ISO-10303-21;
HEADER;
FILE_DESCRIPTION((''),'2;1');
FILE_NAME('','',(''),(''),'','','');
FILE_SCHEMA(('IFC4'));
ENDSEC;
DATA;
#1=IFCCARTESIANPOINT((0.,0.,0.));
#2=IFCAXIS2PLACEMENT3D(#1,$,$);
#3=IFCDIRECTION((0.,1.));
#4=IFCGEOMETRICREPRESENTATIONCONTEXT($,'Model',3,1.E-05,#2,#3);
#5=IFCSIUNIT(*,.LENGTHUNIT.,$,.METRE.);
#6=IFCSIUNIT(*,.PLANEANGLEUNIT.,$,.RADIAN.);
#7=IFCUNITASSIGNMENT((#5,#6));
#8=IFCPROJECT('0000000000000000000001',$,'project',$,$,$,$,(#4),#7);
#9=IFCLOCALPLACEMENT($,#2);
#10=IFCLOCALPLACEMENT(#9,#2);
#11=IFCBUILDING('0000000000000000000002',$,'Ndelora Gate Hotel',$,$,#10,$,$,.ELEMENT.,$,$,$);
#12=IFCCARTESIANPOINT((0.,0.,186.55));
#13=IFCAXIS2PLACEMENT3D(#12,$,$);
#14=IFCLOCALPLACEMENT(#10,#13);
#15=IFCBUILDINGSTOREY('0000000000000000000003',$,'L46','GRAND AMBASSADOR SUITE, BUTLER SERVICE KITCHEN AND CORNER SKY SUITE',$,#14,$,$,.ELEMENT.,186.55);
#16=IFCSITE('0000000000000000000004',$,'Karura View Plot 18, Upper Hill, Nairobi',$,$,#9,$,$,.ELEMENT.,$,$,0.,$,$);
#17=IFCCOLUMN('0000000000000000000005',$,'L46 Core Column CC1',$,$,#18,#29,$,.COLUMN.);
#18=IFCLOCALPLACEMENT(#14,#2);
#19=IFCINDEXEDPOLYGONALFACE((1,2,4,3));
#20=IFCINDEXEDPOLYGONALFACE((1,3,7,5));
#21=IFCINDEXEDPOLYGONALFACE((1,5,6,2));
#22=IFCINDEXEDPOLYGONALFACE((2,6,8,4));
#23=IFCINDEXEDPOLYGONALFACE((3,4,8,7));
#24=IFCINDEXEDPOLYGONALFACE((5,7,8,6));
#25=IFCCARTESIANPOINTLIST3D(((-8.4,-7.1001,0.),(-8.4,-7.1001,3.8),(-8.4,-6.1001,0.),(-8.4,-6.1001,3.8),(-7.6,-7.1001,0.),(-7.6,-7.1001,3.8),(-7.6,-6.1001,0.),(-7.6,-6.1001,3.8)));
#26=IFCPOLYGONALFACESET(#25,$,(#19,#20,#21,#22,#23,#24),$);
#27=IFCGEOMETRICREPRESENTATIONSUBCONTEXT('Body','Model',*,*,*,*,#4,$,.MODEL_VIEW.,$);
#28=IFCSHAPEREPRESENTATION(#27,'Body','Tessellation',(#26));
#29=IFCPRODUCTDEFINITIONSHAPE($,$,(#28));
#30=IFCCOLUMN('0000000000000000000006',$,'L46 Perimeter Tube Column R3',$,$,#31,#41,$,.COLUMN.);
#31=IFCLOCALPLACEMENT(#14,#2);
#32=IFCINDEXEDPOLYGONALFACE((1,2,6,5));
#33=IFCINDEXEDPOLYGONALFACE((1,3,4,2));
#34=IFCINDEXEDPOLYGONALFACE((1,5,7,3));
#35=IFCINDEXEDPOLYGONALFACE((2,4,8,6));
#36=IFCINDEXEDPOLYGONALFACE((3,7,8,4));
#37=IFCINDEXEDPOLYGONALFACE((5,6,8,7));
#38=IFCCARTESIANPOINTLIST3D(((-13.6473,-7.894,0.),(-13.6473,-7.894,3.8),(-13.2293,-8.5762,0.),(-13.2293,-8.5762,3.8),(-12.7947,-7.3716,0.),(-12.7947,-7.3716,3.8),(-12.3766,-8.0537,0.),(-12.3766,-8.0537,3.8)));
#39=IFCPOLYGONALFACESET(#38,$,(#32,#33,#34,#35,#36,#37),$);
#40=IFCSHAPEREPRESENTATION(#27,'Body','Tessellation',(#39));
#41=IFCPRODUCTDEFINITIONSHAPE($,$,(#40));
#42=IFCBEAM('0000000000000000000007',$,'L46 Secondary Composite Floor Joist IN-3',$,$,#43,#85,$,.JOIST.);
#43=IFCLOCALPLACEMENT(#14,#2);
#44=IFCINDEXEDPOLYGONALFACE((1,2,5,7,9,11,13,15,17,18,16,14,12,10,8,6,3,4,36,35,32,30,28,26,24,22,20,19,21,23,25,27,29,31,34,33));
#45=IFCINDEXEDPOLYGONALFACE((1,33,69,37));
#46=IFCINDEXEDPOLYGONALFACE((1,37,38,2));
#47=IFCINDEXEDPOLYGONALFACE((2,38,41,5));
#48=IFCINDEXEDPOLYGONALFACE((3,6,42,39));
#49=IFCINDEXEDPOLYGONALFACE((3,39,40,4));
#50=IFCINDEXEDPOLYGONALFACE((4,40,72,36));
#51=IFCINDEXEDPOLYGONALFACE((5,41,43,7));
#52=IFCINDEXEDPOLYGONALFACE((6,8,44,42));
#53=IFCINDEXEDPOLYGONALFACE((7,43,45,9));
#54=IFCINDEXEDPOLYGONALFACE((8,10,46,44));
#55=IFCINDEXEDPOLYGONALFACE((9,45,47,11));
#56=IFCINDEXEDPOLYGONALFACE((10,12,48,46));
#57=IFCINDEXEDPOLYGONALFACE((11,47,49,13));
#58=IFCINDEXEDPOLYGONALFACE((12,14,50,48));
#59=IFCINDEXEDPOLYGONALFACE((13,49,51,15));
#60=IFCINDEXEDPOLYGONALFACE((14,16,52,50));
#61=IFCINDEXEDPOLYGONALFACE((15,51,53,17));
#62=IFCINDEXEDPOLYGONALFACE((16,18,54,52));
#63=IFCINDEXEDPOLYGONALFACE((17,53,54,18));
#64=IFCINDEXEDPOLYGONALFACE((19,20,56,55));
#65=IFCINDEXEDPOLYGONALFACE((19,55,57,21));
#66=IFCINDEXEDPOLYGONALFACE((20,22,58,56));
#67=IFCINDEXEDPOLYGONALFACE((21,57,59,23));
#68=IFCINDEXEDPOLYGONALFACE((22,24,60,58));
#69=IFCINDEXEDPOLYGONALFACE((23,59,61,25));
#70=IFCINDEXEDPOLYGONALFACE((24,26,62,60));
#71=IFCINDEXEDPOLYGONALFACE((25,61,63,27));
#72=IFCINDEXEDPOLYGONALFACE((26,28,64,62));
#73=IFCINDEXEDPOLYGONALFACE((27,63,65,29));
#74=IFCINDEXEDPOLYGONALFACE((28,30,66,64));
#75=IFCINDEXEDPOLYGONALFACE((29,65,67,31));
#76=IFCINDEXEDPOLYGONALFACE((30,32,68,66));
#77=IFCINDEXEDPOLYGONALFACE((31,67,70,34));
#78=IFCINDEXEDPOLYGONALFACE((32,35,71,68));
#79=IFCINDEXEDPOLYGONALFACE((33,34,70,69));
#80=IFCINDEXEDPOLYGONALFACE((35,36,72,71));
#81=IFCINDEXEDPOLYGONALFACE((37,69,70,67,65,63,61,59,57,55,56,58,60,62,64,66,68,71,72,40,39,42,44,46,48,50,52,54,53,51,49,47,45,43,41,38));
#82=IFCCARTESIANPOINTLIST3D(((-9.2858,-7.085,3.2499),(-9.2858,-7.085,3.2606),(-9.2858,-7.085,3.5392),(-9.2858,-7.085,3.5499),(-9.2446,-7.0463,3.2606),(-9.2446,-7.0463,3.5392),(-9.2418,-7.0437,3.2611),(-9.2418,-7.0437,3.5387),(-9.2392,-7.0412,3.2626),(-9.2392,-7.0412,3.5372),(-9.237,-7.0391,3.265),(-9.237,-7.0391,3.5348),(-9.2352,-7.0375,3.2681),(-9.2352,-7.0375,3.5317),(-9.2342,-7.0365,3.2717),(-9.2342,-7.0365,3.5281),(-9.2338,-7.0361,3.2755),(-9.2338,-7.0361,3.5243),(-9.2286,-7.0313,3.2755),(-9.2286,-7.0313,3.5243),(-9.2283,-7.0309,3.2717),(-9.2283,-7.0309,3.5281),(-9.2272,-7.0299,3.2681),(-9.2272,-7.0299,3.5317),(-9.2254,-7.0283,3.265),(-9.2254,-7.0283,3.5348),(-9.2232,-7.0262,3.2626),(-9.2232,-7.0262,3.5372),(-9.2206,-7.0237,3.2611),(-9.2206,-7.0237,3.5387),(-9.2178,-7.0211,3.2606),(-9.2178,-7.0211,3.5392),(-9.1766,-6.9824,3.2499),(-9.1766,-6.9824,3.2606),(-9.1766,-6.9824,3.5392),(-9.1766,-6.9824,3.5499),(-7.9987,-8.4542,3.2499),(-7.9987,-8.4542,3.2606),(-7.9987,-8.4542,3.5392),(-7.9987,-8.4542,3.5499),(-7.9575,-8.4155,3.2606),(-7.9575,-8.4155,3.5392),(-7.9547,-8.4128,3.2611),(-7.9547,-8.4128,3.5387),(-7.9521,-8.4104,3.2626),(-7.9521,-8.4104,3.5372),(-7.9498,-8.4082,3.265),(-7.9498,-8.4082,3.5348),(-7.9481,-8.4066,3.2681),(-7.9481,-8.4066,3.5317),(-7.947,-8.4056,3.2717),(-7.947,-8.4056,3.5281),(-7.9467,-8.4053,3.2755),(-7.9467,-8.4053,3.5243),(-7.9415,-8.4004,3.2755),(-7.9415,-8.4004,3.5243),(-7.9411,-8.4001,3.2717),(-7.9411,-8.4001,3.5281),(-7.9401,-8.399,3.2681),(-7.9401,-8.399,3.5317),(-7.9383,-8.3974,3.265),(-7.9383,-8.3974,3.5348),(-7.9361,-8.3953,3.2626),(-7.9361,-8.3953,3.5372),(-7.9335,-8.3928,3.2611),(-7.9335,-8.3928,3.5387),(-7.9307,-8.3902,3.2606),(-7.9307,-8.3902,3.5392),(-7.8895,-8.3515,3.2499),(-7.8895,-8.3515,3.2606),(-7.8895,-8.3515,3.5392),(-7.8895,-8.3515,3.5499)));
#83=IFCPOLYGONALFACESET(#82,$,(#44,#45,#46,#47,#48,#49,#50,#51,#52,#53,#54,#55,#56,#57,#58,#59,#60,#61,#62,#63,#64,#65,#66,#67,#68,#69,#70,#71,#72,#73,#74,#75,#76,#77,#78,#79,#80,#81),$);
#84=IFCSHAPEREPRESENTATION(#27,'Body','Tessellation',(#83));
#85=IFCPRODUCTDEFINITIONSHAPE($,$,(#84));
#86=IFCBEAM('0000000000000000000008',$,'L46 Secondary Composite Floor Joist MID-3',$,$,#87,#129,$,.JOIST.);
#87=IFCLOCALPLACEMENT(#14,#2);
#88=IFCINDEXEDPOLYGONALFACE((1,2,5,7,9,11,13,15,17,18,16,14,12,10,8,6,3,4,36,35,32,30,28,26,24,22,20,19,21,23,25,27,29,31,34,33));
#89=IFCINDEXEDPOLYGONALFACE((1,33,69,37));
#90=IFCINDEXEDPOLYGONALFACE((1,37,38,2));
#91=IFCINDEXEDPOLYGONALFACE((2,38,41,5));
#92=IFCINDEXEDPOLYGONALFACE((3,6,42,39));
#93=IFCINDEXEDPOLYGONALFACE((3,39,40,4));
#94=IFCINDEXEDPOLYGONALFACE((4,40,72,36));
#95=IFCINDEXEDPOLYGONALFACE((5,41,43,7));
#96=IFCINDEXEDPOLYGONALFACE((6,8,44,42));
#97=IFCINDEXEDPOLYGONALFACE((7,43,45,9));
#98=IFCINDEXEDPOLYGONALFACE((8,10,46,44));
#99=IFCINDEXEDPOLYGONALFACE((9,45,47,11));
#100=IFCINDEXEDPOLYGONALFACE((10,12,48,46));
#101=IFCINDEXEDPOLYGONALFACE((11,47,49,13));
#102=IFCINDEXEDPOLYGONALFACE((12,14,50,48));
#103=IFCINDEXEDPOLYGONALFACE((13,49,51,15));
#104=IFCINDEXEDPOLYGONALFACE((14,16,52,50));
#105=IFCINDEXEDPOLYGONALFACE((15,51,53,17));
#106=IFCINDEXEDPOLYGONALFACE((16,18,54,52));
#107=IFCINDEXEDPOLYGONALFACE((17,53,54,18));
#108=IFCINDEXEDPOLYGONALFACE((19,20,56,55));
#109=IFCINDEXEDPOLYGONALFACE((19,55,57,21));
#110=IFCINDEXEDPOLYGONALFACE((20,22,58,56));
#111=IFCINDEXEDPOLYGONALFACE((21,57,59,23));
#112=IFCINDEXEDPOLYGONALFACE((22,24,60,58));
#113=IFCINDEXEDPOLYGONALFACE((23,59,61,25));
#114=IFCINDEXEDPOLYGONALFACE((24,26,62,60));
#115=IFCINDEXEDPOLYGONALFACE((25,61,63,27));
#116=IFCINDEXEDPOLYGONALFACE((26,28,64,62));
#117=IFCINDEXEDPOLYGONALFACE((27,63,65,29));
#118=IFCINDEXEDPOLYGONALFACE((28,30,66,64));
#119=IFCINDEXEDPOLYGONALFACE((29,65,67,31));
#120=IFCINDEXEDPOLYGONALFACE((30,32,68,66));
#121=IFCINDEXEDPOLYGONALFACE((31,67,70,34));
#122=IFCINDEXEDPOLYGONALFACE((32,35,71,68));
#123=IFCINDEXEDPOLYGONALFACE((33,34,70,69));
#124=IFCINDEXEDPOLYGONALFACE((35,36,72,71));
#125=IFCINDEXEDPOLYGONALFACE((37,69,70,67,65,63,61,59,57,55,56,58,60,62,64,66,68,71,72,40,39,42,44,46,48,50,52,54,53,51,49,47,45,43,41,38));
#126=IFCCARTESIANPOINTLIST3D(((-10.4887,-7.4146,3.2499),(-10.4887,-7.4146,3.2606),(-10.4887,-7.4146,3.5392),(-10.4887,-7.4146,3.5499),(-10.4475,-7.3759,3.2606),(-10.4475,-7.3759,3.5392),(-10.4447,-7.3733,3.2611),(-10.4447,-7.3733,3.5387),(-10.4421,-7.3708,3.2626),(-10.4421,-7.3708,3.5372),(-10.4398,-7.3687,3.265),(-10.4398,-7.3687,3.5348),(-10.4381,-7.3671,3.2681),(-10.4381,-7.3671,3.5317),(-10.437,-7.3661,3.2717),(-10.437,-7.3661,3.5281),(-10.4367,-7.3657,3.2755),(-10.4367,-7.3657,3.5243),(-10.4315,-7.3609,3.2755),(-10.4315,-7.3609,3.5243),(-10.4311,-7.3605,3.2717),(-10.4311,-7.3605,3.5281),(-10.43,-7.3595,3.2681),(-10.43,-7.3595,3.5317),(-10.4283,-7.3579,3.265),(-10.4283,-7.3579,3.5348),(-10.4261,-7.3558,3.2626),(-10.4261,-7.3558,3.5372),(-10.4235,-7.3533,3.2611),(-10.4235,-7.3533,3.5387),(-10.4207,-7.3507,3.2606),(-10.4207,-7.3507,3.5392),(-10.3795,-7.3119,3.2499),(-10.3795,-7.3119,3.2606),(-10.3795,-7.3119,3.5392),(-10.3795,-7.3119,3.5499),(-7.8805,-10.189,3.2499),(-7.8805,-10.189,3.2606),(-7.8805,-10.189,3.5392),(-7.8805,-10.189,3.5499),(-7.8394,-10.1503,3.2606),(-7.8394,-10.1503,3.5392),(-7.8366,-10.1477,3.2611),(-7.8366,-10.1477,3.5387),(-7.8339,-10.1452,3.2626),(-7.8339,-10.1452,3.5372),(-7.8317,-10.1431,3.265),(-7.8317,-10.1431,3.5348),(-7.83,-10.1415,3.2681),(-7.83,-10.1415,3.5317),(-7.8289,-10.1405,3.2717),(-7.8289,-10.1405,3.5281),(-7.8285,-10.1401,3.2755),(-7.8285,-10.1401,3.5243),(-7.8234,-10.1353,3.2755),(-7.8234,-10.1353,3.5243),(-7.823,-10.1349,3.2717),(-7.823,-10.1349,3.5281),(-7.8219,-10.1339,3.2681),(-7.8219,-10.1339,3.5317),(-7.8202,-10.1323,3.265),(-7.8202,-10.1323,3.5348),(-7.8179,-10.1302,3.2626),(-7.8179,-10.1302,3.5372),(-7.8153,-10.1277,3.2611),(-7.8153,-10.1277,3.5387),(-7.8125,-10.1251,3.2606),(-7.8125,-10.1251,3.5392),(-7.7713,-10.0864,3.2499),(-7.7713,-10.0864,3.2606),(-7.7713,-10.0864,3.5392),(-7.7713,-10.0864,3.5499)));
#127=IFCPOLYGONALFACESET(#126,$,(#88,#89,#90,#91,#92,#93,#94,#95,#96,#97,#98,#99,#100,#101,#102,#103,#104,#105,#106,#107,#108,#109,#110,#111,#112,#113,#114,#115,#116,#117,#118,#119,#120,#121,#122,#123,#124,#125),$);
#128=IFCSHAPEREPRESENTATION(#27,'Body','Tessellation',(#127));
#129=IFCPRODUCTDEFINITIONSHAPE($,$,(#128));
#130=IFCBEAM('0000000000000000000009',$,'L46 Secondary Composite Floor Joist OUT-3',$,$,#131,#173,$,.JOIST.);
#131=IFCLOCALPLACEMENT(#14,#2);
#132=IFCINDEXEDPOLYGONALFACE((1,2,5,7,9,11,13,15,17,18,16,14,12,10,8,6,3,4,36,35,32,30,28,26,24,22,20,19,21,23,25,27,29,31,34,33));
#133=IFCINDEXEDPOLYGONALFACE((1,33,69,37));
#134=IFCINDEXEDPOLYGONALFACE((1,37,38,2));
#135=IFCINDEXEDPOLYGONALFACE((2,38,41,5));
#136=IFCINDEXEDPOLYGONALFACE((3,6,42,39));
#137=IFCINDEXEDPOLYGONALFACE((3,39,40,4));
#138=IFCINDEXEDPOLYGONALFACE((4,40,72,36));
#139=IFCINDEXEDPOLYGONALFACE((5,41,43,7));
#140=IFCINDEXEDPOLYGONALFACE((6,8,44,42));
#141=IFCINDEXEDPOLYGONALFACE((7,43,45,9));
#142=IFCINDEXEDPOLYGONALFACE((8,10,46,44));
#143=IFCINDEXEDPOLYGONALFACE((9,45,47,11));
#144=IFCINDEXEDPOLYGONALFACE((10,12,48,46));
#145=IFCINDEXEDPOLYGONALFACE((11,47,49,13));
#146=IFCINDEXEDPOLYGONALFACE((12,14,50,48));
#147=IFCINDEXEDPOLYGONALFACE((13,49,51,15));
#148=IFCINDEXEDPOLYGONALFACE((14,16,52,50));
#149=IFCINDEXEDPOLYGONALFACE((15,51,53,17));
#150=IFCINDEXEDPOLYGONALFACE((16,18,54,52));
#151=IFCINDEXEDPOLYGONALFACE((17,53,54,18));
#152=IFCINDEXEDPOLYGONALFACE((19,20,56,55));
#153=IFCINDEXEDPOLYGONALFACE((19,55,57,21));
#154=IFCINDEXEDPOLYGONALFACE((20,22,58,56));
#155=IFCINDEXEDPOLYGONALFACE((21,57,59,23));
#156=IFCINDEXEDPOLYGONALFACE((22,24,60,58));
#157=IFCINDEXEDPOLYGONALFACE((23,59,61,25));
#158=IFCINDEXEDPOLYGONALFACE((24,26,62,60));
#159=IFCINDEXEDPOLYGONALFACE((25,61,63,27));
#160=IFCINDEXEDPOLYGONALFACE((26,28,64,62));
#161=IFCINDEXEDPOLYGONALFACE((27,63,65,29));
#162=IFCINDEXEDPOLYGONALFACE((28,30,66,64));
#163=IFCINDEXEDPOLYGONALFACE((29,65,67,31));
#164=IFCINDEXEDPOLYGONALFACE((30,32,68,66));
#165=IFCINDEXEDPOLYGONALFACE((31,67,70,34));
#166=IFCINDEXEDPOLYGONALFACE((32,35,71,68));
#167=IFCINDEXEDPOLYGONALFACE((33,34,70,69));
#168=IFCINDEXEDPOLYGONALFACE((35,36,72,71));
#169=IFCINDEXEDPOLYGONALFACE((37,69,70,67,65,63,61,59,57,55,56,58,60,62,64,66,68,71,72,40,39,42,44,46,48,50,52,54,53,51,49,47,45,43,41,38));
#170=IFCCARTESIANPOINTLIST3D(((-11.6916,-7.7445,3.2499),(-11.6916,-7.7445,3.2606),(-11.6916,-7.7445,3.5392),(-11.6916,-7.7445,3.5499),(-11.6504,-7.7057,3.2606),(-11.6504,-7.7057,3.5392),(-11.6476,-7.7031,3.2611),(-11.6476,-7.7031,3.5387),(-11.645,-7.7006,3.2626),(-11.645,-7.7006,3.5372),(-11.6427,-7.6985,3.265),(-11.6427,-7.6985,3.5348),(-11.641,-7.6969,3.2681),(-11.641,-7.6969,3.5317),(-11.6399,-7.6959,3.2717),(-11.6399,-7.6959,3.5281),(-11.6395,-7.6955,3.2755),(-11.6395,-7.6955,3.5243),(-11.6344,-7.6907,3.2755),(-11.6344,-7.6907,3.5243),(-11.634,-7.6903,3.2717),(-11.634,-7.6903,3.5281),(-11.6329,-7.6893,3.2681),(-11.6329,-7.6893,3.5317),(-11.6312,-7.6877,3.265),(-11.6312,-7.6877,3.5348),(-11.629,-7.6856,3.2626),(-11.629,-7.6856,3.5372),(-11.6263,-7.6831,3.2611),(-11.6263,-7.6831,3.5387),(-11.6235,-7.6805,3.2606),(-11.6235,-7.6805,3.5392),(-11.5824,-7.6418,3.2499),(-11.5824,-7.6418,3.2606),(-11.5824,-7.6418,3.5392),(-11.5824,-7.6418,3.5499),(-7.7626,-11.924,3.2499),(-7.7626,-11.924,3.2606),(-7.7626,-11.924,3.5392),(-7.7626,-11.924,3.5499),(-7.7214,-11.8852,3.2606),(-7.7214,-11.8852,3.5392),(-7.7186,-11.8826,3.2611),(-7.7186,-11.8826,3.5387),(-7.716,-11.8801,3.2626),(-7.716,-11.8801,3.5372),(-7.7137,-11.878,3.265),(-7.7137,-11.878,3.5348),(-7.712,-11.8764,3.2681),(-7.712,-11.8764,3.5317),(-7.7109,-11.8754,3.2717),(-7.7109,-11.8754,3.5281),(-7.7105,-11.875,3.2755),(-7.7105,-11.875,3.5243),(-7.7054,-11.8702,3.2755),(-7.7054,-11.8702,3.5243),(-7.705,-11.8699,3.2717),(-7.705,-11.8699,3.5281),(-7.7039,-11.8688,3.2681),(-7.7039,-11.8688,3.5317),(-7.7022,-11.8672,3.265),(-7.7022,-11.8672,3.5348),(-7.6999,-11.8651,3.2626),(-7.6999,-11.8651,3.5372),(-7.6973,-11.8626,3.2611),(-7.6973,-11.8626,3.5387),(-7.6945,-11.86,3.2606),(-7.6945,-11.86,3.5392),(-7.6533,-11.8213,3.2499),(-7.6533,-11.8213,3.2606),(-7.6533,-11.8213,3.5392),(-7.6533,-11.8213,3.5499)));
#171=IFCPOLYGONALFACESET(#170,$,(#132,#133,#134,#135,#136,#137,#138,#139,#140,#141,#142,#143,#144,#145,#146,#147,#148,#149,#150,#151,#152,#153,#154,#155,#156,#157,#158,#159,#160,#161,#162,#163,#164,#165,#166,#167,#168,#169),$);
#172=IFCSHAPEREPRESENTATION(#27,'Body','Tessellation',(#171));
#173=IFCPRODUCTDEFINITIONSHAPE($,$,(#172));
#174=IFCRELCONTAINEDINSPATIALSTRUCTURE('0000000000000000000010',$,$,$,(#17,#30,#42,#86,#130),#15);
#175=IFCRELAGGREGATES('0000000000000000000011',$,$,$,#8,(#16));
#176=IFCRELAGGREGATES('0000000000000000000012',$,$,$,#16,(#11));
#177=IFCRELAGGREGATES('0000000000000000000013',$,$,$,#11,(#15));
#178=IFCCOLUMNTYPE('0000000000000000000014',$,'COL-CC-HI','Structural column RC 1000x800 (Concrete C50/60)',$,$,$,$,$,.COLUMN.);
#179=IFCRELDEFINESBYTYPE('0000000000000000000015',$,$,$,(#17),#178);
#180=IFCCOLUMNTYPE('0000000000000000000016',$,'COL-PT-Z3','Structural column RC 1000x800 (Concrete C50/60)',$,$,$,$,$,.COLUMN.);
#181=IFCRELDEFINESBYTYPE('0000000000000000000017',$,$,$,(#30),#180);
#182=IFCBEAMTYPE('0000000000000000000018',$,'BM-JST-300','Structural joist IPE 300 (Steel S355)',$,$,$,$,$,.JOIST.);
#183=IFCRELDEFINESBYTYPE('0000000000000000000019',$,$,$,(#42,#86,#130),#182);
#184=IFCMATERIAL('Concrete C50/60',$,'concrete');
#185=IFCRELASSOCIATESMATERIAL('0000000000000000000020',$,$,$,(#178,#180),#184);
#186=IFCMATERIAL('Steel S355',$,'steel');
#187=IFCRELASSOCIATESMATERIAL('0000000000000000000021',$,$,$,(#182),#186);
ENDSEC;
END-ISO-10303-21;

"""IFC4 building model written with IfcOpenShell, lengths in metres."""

from ifc_helpers import new_model, si_unit, direction, frame, origin, origin_2d, place, context, subcontext, project, spatial, rectangle, i_section, extrude, material, material_profile, profile_set, type_object, element, save


model = new_model("IFC4")

# Units and contexts
model_context = context("Model", 3, precision=1e-05, world=origin(), true_north=direction((0.0, 1.0)))
body_context = subcontext(model_context, "Body", "Model", "MODEL_VIEW")
ifc_project = project(units=[si_unit("LENGTHUNIT", "METRE"), si_unit("PLANEANGLEUNIT", "RADIAN")], contexts=[model_context])

# Site, building, storey
site_placement = place(None, origin())
site = spatial("IfcSite", under=ifc_project, at=site_placement, Name="Karura View Plot 18, Upper Hill, Nairobi", CompositionType="ELEMENT", RefElevation=0.0)
building_placement = place(site_placement, origin())
building = spatial("IfcBuilding", under=site, at=building_placement, Name="Ndelora Gate Hotel", CompositionType="ELEMENT")
storey_placement = place(building_placement, frame((0.0, 0.0, 186.55)))
storey = spatial("IfcBuildingStorey", under=building, at=storey_placement, Name="L46", Description="GRAND AMBASSADOR SUITE, BUTLER SERVICE KITCHEN AND CORNER SKY SUITE", CompositionType="ELEMENT", Elevation=186.55)

# Columns
ifc_material_1 = material(Name="Concrete C50/60", Category="concrete")
ifc_material_profile_1 = material_profile(ifc_material_1, rectangle(XDim=0.8, YDim=1.0, at=origin_2d()), Name="RC 1000x800")
ifc_profile_set_1 = profile_set([ifc_material_profile_1], Name="Concrete C50/60")
column_type_1 = type_object("IfcColumnType", Name="COL-CC-HI", Description="Structural column RC 1000x800 (Concrete C50/60)", PredefinedType="COLUMN", material=ifc_profile_set_1)
column_1_placement = place(storey_placement, frame((-8.0, -6.6001, 0.0), z_axis=(0.0, 0.0, 1.0), x_axis=(1.0, 0.0, 0.0)))
element("IfcColumn", 1, at=column_1_placement, inside=storey, type_object=column_type_1, Name="L46 Core Column CC1", PredefinedType="COLUMN", context=body_context, shape_type="SweptSolid", body=[
    extrude(rectangle(XDim=0.8, YDim=1.0, at=origin_2d()), origin(), (0.0, 0.0, 1.0), 3.8),
])
ifc_material_profile_2 = material_profile(ifc_material_1, rectangle(XDim=0.8, YDim=1.0, at=origin_2d()), Name="RC 1000x800")
ifc_profile_set_2 = profile_set([ifc_material_profile_2], Name="Concrete C50/60")
column_type_2 = type_object("IfcColumnType", Name="COL-PT-Z3", Description="Structural column RC 1000x800 (Concrete C50/60)", PredefinedType="COLUMN", material=ifc_profile_set_2)
column_2_placement = place(storey_placement, frame((-13.012, -7.9739, 0.0), z_axis=(0.0, 0.0, 1.0), x_axis=(-0.522499, 0.85264, 0.0)))
element("IfcColumn", 2, at=column_2_placement, inside=storey, type_object=column_type_2, Name="L46 Perimeter Tube Column R3", PredefinedType="COLUMN", context=body_context, shape_type="SweptSolid", body=[
    extrude(rectangle(XDim=0.8, YDim=1.0, at=origin_2d()), origin(), (0.0, 0.0, 1.0), 3.8),
])

# Beams
ifc_material_2 = material(Name="Steel S355", Category="steel")
ifc_material_profile_3 = material_profile(ifc_material_2, i_section(OverallWidth=0.1499, OverallDepth=0.3, WebThickness=0.0071, FlangeThickness=0.0107, FilletRadius=0.0149, at=origin_2d()), Name="IPE 300")
ifc_profile_set_3 = profile_set([ifc_material_profile_3], Name="Steel S355")
beam_type_1 = type_object("IfcBeamType", Name="BM-JST-300", Description="Structural joist IPE 300 (Steel S355)", PredefinedType="JOIST", material=ifc_profile_set_3)
beam_1_placement = place(storey_placement, frame((-9.2312, -7.0337, 3.3999), z_axis=(0.684943, -0.728597, 0.0), x_axis=(0.728597, 0.684943, 0.0)))
element("IfcBeam", 3, at=beam_1_placement, inside=storey, type_object=beam_type_1, Name="L46 Secondary Composite Floor Joist IN-3", PredefinedType="JOIST", context=body_context, shape_type="SweptSolid", body=[
    extrude(i_section(OverallWidth=0.1499, OverallDepth=0.3, WebThickness=0.0071, FlangeThickness=0.0107, FilletRadius=0.0149, at=origin_2d()), origin(), (0.0, 0.0, 1.0), 1.8792),
])
beam_2_placement = place(storey_placement, frame((-10.4341, -7.3633, 3.3999), z_axis=(0.684939, -0.728601, 0.0), x_axis=(0.728601, 0.684939, 0.0)))
element("IfcBeam", 4, at=beam_2_placement, inside=storey, type_object=beam_type_1, Name="L46 Secondary Composite Floor Joist MID-3", PredefinedType="JOIST", context=body_context, shape_type="SweptSolid", body=[
    extrude(i_section(OverallWidth=0.1499, OverallDepth=0.3, WebThickness=0.0071, FlangeThickness=0.0107, FilletRadius=0.0149, at=origin_2d()), origin(), (0.0, 0.0, 1.0), 3.8079),
])
beam_3_placement = place(storey_placement, frame((-11.637, -7.6931, 3.3999), z_axis=(0.684936, -0.728603, 0.0), x_axis=(0.728603, 0.684936, 0.0)))
element("IfcBeam", 5, at=beam_3_placement, inside=storey, type_object=beam_type_1, Name="L46 Secondary Composite Floor Joist OUT-3", PredefinedType="JOIST", context=body_context, shape_type="SweptSolid", body=[
    extrude(i_section(OverallWidth=0.1499, OverallDepth=0.3, WebThickness=0.0071, FlangeThickness=0.0107, FilletRadius=0.0149, at=origin_2d()), origin(), (0.0, 0.0, 1.0), 5.7363),
])

save(model, "model.ifc")
